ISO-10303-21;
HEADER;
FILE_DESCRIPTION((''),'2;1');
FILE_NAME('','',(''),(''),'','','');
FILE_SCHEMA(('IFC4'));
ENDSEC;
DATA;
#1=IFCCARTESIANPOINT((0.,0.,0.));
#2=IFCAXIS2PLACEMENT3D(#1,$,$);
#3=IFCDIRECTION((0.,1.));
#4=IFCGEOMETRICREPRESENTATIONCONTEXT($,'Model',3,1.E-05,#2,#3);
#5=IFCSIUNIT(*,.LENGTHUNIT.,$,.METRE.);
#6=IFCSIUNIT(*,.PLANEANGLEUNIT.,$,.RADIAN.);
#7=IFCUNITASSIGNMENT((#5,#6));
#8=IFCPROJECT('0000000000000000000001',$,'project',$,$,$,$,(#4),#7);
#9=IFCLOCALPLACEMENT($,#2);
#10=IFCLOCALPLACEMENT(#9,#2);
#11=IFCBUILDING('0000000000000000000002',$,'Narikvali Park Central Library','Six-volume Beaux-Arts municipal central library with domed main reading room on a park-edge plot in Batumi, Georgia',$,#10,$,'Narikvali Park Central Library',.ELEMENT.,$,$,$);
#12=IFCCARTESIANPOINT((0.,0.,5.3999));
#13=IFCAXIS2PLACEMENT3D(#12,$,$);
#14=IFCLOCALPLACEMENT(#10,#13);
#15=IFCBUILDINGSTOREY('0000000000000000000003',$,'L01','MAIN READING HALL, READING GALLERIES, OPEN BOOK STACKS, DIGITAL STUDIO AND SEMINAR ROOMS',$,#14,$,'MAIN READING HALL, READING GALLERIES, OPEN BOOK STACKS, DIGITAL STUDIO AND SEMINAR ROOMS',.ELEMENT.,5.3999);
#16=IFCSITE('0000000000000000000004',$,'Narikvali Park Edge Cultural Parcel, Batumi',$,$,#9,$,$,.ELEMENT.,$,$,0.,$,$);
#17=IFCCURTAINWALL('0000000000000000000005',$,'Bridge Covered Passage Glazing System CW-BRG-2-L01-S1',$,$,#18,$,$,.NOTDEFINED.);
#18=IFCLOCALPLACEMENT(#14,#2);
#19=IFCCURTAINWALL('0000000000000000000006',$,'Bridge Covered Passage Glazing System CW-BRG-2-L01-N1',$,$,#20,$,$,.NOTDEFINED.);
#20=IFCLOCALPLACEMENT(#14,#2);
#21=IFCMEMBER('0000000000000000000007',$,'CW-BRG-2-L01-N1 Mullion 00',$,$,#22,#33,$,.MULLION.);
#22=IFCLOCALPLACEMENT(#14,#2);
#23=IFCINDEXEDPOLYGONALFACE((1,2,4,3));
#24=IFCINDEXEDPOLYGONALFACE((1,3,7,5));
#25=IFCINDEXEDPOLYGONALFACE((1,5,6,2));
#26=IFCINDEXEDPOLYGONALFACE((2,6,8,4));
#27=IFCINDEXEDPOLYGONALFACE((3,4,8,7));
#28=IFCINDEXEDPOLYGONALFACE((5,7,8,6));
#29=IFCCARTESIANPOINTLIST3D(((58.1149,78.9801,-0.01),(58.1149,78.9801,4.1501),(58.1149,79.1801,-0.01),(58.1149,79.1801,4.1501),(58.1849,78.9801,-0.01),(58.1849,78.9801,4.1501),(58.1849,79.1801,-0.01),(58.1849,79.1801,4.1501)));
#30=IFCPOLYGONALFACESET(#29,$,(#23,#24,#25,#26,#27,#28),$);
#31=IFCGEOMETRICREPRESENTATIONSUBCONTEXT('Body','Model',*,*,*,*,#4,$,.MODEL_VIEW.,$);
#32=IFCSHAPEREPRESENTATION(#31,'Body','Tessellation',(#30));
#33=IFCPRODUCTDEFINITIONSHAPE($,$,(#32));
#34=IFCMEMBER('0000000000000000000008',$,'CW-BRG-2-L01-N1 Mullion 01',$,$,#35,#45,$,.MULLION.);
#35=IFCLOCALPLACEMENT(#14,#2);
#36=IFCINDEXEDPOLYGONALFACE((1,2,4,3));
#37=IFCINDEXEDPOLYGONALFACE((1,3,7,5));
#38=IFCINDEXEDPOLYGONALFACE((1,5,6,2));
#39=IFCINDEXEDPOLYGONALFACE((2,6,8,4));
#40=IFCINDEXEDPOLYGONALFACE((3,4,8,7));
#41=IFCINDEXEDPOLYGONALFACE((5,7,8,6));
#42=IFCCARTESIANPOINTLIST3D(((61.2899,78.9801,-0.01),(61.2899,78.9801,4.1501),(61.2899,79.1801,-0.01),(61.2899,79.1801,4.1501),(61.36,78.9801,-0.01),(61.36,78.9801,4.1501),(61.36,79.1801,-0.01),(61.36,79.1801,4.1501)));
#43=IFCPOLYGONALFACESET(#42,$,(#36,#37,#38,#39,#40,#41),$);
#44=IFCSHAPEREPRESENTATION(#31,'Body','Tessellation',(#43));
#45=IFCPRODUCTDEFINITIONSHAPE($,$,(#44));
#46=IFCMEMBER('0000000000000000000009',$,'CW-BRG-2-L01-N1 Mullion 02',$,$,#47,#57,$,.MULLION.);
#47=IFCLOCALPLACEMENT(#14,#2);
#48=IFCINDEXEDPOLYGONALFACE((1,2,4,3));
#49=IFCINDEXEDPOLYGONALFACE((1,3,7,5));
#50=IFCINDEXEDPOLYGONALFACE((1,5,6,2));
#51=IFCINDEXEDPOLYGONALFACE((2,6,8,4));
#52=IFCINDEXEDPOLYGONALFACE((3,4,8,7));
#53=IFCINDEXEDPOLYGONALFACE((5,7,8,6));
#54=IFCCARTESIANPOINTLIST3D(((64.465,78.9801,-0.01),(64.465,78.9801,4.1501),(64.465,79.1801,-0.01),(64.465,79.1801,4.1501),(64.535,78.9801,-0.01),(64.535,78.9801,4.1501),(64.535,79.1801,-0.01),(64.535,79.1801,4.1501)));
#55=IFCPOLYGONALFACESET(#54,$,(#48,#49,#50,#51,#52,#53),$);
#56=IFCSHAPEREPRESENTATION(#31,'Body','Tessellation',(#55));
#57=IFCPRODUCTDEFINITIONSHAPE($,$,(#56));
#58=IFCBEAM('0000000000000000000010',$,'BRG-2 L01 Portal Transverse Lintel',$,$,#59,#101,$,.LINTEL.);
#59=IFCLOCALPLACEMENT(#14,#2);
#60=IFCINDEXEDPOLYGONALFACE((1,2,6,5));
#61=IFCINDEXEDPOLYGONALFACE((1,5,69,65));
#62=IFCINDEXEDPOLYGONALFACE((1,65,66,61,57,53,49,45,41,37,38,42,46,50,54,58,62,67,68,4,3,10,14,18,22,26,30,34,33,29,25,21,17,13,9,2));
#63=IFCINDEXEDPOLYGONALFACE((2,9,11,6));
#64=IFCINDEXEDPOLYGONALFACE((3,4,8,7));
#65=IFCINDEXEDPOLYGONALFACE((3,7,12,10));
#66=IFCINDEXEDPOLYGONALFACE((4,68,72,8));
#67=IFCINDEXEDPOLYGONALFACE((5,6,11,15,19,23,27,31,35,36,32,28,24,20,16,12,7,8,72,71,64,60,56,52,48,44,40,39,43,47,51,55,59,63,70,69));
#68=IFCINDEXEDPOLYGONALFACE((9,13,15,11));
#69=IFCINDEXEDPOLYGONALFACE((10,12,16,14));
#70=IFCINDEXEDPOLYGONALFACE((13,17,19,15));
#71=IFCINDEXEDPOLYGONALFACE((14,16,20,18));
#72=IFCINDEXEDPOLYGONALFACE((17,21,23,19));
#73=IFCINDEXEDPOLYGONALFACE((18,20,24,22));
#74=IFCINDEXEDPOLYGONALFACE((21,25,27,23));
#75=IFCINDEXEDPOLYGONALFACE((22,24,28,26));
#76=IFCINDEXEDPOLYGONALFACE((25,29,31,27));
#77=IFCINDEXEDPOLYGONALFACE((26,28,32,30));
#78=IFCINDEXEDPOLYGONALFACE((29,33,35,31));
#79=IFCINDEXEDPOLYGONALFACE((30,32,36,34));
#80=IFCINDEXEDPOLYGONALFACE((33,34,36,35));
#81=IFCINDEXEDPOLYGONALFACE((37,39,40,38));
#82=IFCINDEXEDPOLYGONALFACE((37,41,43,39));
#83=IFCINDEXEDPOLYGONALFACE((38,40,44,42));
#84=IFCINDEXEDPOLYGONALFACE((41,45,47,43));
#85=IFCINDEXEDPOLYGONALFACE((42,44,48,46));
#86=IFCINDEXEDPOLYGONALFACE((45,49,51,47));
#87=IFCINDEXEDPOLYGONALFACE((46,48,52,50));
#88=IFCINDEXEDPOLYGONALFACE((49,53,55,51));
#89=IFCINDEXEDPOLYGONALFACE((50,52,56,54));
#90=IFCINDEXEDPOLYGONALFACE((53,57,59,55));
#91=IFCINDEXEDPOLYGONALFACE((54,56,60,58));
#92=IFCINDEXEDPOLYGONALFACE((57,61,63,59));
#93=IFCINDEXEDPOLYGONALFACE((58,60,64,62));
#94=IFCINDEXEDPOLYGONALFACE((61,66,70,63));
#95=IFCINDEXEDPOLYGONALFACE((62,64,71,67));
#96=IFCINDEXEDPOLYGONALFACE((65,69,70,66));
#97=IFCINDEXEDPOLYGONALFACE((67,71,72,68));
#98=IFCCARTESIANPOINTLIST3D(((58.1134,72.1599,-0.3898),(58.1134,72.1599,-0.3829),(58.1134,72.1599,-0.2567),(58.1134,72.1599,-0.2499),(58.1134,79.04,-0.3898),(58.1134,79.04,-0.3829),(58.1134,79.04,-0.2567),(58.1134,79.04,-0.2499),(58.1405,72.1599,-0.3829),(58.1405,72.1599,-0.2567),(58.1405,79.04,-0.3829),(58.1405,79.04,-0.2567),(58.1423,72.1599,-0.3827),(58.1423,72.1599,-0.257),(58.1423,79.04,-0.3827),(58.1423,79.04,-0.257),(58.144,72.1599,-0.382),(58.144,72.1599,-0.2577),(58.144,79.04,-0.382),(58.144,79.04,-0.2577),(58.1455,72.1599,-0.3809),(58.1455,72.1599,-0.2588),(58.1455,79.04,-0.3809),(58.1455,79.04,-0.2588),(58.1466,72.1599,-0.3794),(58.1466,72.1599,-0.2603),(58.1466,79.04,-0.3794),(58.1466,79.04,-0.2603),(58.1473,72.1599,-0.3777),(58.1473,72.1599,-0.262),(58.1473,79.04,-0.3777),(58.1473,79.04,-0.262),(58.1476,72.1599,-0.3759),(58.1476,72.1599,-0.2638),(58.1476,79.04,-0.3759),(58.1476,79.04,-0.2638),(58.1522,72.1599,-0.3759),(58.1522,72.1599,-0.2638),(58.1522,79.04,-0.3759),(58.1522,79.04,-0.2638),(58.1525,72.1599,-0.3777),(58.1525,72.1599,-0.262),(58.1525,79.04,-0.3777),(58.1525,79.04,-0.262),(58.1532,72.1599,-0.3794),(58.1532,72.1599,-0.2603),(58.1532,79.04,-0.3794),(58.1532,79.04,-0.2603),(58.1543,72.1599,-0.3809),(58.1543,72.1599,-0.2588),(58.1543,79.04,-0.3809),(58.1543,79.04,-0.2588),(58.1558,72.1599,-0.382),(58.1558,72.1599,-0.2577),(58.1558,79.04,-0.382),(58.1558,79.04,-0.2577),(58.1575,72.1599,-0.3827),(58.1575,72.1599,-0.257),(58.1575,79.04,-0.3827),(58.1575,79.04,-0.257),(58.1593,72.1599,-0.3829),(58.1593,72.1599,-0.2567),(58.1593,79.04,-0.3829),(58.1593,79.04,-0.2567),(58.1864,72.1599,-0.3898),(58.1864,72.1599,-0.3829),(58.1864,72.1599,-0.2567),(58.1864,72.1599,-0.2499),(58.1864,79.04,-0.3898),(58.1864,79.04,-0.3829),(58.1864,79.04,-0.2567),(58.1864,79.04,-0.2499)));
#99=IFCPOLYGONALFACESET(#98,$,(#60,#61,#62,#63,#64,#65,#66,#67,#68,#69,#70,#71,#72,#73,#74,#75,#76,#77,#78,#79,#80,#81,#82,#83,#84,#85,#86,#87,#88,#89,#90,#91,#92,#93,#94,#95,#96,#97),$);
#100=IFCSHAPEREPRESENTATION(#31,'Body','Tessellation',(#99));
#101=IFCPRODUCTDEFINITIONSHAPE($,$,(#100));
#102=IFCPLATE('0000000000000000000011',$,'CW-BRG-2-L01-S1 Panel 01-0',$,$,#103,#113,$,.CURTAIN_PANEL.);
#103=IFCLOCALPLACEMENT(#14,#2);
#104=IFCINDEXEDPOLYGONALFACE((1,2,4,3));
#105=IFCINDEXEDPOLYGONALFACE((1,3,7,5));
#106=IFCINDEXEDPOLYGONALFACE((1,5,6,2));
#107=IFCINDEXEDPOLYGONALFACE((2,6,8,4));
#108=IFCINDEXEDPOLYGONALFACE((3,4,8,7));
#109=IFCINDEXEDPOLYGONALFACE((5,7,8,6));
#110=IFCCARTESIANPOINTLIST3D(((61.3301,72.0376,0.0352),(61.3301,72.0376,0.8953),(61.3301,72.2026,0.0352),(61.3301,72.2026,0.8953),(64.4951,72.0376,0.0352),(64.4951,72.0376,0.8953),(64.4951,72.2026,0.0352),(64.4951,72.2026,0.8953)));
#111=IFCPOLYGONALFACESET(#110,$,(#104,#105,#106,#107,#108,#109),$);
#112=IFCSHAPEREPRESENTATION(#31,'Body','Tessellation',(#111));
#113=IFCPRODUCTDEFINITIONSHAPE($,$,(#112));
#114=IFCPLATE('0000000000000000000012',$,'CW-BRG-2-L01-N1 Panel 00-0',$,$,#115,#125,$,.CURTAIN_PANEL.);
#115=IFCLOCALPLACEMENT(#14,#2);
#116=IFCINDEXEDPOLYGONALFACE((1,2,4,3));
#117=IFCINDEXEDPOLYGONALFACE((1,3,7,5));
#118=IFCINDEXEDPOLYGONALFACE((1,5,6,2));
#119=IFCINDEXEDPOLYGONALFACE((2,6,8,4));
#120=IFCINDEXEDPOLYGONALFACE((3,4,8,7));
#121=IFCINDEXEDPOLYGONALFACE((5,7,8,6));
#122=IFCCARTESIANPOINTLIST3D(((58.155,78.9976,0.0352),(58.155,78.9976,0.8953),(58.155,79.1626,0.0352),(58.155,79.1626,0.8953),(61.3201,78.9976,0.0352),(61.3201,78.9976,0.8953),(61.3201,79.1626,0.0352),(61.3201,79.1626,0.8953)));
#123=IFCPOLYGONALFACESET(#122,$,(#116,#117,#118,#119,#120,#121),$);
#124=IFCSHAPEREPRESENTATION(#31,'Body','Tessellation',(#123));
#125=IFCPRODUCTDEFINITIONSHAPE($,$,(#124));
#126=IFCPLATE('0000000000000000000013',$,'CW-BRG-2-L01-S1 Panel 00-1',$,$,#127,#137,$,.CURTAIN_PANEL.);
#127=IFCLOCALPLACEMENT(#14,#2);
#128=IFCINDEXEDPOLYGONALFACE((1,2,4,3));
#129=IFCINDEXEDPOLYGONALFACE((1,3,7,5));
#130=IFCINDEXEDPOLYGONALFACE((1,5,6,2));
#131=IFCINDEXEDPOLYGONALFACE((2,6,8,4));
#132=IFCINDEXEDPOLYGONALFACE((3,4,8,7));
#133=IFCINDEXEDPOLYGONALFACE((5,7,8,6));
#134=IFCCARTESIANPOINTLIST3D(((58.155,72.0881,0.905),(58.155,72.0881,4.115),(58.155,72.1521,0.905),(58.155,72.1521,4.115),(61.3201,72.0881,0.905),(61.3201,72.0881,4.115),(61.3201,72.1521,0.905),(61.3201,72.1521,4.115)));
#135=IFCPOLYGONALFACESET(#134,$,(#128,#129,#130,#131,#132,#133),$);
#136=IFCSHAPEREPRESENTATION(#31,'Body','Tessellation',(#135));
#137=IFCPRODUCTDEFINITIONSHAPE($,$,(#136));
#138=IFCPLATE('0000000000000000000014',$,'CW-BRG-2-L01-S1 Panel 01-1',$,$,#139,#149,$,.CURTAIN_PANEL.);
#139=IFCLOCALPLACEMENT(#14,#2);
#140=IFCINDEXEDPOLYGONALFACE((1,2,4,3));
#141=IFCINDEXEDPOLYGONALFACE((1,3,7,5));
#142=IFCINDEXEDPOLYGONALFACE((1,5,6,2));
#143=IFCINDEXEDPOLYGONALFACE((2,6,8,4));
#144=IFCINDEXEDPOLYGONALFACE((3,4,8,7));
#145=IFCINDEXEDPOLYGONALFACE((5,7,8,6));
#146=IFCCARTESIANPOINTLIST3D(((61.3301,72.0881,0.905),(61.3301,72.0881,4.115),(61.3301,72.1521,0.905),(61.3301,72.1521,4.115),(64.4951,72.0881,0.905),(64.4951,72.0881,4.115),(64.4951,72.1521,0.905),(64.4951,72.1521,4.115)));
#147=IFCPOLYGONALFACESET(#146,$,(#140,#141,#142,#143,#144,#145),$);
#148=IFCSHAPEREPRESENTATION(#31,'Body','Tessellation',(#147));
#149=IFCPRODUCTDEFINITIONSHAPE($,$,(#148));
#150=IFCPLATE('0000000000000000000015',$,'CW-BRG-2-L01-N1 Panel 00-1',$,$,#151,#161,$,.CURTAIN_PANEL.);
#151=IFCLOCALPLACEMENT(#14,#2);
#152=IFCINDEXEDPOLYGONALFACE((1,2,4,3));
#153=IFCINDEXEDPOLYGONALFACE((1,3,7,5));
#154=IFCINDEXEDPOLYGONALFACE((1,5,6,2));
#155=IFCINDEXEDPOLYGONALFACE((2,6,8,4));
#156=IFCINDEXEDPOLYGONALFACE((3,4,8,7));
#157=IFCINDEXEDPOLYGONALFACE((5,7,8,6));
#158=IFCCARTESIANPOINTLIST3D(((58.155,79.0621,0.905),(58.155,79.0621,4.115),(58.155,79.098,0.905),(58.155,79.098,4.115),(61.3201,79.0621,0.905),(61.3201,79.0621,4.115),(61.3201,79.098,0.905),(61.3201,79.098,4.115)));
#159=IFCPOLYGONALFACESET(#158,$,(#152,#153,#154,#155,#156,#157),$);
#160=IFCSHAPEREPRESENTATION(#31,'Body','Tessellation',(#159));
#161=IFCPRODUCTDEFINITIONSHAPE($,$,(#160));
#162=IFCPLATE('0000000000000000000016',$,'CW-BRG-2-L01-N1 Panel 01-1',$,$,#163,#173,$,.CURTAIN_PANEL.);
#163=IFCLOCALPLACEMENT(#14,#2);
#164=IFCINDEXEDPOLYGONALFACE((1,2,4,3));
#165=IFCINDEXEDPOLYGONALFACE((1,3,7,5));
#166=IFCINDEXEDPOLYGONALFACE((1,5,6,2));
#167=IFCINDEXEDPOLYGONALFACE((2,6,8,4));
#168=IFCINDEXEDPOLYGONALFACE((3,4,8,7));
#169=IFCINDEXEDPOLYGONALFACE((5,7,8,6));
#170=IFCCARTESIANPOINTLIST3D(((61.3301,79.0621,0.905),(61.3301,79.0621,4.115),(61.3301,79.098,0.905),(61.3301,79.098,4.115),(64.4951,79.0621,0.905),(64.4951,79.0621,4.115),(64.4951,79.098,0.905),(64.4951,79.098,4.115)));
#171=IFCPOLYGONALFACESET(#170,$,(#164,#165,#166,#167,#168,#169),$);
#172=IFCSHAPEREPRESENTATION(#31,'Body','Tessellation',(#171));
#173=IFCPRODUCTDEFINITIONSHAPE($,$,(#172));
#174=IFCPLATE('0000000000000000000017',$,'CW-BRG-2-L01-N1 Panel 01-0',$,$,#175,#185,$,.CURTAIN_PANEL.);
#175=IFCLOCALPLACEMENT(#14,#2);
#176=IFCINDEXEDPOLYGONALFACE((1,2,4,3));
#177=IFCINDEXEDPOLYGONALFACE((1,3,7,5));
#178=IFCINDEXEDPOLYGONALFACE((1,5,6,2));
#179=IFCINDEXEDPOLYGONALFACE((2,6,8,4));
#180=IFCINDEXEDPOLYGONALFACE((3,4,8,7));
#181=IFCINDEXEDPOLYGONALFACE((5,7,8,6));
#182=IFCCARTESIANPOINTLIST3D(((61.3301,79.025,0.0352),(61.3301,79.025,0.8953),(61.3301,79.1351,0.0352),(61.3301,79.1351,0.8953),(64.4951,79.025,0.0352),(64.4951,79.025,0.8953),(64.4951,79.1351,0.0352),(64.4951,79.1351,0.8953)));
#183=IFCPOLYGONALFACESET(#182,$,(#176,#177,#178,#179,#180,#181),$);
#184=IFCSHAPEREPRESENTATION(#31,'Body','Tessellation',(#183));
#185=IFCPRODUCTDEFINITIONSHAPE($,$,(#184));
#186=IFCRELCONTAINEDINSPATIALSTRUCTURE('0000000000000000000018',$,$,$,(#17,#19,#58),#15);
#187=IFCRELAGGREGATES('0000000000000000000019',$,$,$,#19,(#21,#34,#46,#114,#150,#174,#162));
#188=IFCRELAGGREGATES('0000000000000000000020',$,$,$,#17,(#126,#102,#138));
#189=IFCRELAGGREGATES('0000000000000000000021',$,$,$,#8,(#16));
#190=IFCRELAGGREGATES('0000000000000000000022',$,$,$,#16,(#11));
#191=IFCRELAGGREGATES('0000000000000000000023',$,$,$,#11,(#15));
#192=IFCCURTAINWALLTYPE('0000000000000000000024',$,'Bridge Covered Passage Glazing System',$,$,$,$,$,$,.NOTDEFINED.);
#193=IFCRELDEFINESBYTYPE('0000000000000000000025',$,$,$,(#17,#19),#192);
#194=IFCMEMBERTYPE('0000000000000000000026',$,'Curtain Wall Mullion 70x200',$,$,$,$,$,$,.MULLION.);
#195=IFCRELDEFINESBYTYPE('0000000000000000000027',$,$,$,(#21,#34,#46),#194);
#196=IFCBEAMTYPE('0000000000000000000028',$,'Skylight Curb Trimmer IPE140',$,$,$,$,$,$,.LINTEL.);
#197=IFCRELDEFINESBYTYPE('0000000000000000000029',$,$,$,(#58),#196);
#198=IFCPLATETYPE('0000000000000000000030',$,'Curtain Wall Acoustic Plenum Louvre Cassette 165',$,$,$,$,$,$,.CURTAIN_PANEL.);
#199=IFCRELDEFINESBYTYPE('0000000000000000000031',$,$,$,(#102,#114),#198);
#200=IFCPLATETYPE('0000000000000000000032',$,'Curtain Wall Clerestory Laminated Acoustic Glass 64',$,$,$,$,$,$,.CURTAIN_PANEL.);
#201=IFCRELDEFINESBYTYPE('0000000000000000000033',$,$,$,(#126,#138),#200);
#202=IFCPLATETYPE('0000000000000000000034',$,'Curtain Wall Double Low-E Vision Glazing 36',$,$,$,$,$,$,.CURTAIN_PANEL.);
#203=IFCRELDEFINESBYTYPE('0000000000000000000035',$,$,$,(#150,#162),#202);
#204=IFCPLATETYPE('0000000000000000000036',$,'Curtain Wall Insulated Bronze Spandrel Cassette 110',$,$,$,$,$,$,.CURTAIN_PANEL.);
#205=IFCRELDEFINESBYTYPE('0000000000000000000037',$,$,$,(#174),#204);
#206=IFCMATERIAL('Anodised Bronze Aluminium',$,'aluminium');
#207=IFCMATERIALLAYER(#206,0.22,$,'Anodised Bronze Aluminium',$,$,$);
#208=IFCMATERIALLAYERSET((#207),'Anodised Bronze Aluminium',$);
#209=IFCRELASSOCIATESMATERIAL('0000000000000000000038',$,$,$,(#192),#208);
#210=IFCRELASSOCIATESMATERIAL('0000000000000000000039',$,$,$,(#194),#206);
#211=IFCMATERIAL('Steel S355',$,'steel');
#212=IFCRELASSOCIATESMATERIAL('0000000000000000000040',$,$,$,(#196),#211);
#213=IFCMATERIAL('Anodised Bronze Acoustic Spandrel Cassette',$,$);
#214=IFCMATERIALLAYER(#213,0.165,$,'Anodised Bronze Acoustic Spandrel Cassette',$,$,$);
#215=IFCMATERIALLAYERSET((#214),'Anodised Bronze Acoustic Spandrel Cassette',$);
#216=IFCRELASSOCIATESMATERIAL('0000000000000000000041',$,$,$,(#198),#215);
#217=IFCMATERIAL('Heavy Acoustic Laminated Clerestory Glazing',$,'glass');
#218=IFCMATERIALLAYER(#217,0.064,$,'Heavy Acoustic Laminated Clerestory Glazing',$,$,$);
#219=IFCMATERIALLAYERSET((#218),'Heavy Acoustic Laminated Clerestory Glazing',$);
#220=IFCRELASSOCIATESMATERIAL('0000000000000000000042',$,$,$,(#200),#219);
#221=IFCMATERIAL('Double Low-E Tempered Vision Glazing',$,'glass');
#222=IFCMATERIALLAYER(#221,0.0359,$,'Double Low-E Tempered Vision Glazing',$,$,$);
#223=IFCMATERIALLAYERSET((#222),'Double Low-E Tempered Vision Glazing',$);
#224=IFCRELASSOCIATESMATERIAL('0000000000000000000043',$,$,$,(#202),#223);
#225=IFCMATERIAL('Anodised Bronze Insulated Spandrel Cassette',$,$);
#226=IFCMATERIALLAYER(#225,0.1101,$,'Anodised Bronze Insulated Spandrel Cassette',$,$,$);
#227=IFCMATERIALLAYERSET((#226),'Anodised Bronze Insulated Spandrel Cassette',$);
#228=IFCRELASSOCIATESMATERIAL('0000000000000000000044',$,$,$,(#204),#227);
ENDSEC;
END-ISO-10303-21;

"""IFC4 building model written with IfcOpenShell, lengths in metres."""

from ifc_helpers import new_model, si_unit, direction, frame, origin, origin_2d, place, context, subcontext, project, spatial, rectangle, i_section, extrude, material, layer, layer_set, material_profile, profile_set, type_object, element, aggregate, save


model = new_model("IFC4")

# Units and contexts
model_context = context("Model", 3, precision=1e-05, world=origin(), true_north=direction((0.0, 1.0)))
body_context = subcontext(model_context, "Body", "Model", "MODEL_VIEW")
ifc_project = project(units=[si_unit("LENGTHUNIT", "METRE"), si_unit("PLANEANGLEUNIT", "RADIAN")], contexts=[model_context])

# Site, building, storey
site_placement = place(None, origin())
site = spatial("IfcSite", under=ifc_project, at=site_placement, Name="Narikvali Park Edge Cultural Parcel, Batumi", CompositionType="ELEMENT", RefElevation=0.0)
building_placement = place(site_placement, origin())
building = spatial("IfcBuilding", under=site, at=building_placement, Name="Narikvali Park Central Library", Description="Six-volume Beaux-Arts municipal central library with domed main reading room on a park-edge plot in Batumi, Georgia", LongName="Narikvali Park Central Library", CompositionType="ELEMENT")
storey_placement = place(building_placement, frame((0.0, 0.0, 5.3999)))
storey = spatial("IfcBuildingStorey", under=building, at=storey_placement, Name="L01", Description="MAIN READING HALL, READING GALLERIES, OPEN BOOK STACKS, DIGITAL STUDIO AND SEMINAR ROOMS", LongName="MAIN READING HALL, READING GALLERIES, OPEN BOOK STACKS, DIGITAL STUDIO AND SEMINAR ROOMS", CompositionType="ELEMENT", Elevation=5.3999)

# Shared definitions
ifc_material_1 = material(Name="Steel S355", Category="steel")

# Curtain walls
ifc_material_2 = material(Name="Anodised Bronze Aluminium", Category="aluminium")
ifc_layer_1 = layer(ifc_material_2, 0.22, Name="Anodised Bronze Aluminium")
ifc_layer_set_1 = layer_set([ifc_layer_1], Name="Anodised Bronze Aluminium")
curtain_wall_type = type_object("IfcCurtainWallType", Name="Bridge Covered Passage Glazing System", PredefinedType="NOTDEFINED", material=ifc_layer_set_1)
curtain_wall_1_placement = place(storey_placement, origin())
curtain_wall_1 = element("IfcCurtainWall", 1, at=curtain_wall_1_placement, inside=storey, type_object=curtain_wall_type, Name="Bridge Covered Passage Glazing System CW-BRG-2-L01-S1", PredefinedType="NOTDEFINED")
curtain_wall_2_placement = place(storey_placement, origin())
curtain_wall_2 = element("IfcCurtainWall", 2, at=curtain_wall_2_placement, inside=storey, type_object=curtain_wall_type, Name="Bridge Covered Passage Glazing System CW-BRG-2-L01-N1", PredefinedType="NOTDEFINED")

# Members
ifc_material_profile_1 = material_profile(ifc_material_2, rectangle(XDim=0.0701, YDim=0.2, at=origin_2d()), Name="CW MULLION 70x200")
ifc_profile_set_1 = profile_set([ifc_material_profile_1], Name="Anodised Bronze Aluminium")
member_type_1 = type_object("IfcMemberType", Name="Curtain Wall Mullion 70x200", PredefinedType="MULLION", material=ifc_profile_set_1)
member_1_placement = place(storey_placement, frame((58.1499, 79.0801, -0.01), z_axis=(0.0, 0.0, 1.0), x_axis=(1.0, 0.0, 0.0)))
member_1 = element("IfcMember", 3, at=member_1_placement, type_object=member_type_1, Name="CW-BRG-2-L01-N1 Mullion 00", PredefinedType="MULLION", context=body_context, shape_type="SweptSolid", body=[
    extrude(rectangle(XDim=0.0701, YDim=0.2, at=origin_2d()), origin(), (0.0, 0.0, 1.0), 4.1602),
])
member_2_placement = place(storey_placement, frame((61.325, 79.0801, -0.01), z_axis=(0.0, 0.0, 1.0), x_axis=(1.0, 0.0, 0.0)))
member_2 = element("IfcMember", 4, at=member_2_placement, type_object=member_type_1, Name="CW-BRG-2-L01-N1 Mullion 01", PredefinedType="MULLION", context=body_context, shape_type="SweptSolid", body=[
    extrude(rectangle(XDim=0.0701, YDim=0.2, at=origin_2d()), origin(), (0.0, 0.0, 1.0), 4.1602),
])
member_3_placement = place(storey_placement, frame((64.5, 79.0801, -0.01), z_axis=(0.0, 0.0, 1.0), x_axis=(1.0, 0.0, 0.0)))
member_3 = element("IfcMember", 5, at=member_3_placement, type_object=member_type_1, Name="CW-BRG-2-L01-N1 Mullion 02", PredefinedType="MULLION", context=body_context, shape_type="SweptSolid", body=[
    extrude(rectangle(XDim=0.0701, YDim=0.2, at=origin_2d()), origin(), (0.0, 0.0, 1.0), 4.1602),
])

# Beam
ifc_material_profile_2 = material_profile(ifc_material_1, i_section(OverallWidth=0.073, OverallDepth=0.1399, WebThickness=0.0046, FlangeThickness=0.0068, FilletRadius=0.0071, at=origin_2d()), Name="IPE 140")
ifc_profile_set_2 = profile_set([ifc_material_profile_2], Name="Steel S355")
beam_type = type_object("IfcBeamType", Name="Skylight Curb Trimmer IPE140", PredefinedType="LINTEL", material=ifc_profile_set_2)
beam_placement = place(storey_placement, frame((58.1499, 72.1599, -0.3198), z_axis=(0.0, 1.0, 0.0), x_axis=(-1.0, 0.0, 0.0)))
element("IfcBeam", 6, at=beam_placement, inside=storey, type_object=beam_type, Name="BRG-2 L01 Portal Transverse Lintel", PredefinedType="LINTEL", context=body_context, shape_type="SweptSolid", body=[
    extrude(i_section(OverallWidth=0.073, OverallDepth=0.1399, WebThickness=0.0046, FlangeThickness=0.0068, FilletRadius=0.0071, at=origin_2d()), origin(), (0.0, 0.0, 1.0), 6.8801),
])

# Plates
ifc_material_3 = material(Name="Anodised Bronze Acoustic Spandrel Cassette")
ifc_layer_2 = layer(ifc_material_3, 0.165, Name="Anodised Bronze Acoustic Spandrel Cassette")
ifc_layer_set_2 = layer_set([ifc_layer_2], Name="Anodised Bronze Acoustic Spandrel Cassette")
plate_type_1 = type_object("IfcPlateType", Name="Curtain Wall Acoustic Plenum Louvre Cassette 165", PredefinedType="CURTAIN_PANEL", material=ifc_layer_set_2)
plate_1_placement = place(storey_placement, frame((62.9126, 72.1201, 0.0352), z_axis=(0.0, 0.0, 1.0), x_axis=(1.0, 0.0, 0.0)))
plate_1 = element("IfcPlate", 7, at=plate_1_placement, type_object=plate_type_1, Name="CW-BRG-2-L01-S1 Panel 01-0", PredefinedType="CURTAIN_PANEL", context=body_context, shape_type="SweptSolid", body=[
    extrude(rectangle(XDim=3.165, YDim=0.165, at=origin_2d()), origin(), (0.0, 0.0, 1.0), 0.8601),
])
plate_2_placement = place(storey_placement, frame((59.7375, 79.0801, 0.0352), z_axis=(0.0, 0.0, 1.0), x_axis=(1.0, 0.0, 0.0)))
plate_2 = element("IfcPlate", 8, at=plate_2_placement, type_object=plate_type_1, Name="CW-BRG-2-L01-N1 Panel 00-0", PredefinedType="CURTAIN_PANEL", context=body_context, shape_type="SweptSolid", body=[
    extrude(rectangle(XDim=3.165, YDim=0.165, at=origin_2d()), origin(), (0.0, 0.0, 1.0), 0.8601),
])
ifc_material_4 = material(Name="Heavy Acoustic Laminated Clerestory Glazing", Category="glass")
ifc_layer_3 = layer(ifc_material_4, 0.064, Name="Heavy Acoustic Laminated Clerestory Glazing")
ifc_layer_set_3 = layer_set([ifc_layer_3], Name="Heavy Acoustic Laminated Clerestory Glazing")
plate_type_2 = type_object("IfcPlateType", Name="Curtain Wall Clerestory Laminated Acoustic Glass 64", PredefinedType="CURTAIN_PANEL", material=ifc_layer_set_3)
plate_3_placement = place(storey_placement, frame((59.7375, 72.1201, 0.905), z_axis=(0.0, 0.0, 1.0), x_axis=(1.0, 0.0, 0.0)))
plate_3 = element("IfcPlate", 9, at=plate_3_placement, type_object=plate_type_2, Name="CW-BRG-2-L01-S1 Panel 00-1", PredefinedType="CURTAIN_PANEL", context=body_context, shape_type="SweptSolid", body=[
    extrude(rectangle(XDim=3.165, YDim=0.064, at=origin_2d()), origin(), (0.0, 0.0, 1.0), 3.21),
])
plate_4_placement = place(storey_placement, frame((62.9126, 72.1201, 0.905), z_axis=(0.0, 0.0, 1.0), x_axis=(1.0, 0.0, 0.0)))
plate_4 = element("IfcPlate", 10, at=plate_4_placement, type_object=plate_type_2, Name="CW-BRG-2-L01-S1 Panel 01-1", PredefinedType="CURTAIN_PANEL", context=body_context, shape_type="SweptSolid", body=[
    extrude(rectangle(XDim=3.165, YDim=0.064, at=origin_2d()), origin(), (0.0, 0.0, 1.0), 3.21),
])
ifc_material_5 = material(Name="Double Low-E Tempered Vision Glazing", Category="glass")
ifc_layer_4 = layer(ifc_material_5, 0.0359, Name="Double Low-E Tempered Vision Glazing")
ifc_layer_set_4 = layer_set([ifc_layer_4], Name="Double Low-E Tempered Vision Glazing")
plate_type_3 = type_object("IfcPlateType", Name="Curtain Wall Double Low-E Vision Glazing 36", PredefinedType="CURTAIN_PANEL", material=ifc_layer_set_4)
plate_5_placement = place(storey_placement, frame((59.7375, 79.0801, 0.905), z_axis=(0.0, 0.0, 1.0), x_axis=(1.0, 0.0, 0.0)))
plate_5 = element("IfcPlate", 11, at=plate_5_placement, type_object=plate_type_3, Name="CW-BRG-2-L01-N1 Panel 00-1", PredefinedType="CURTAIN_PANEL", context=body_context, shape_type="SweptSolid", body=[
    extrude(rectangle(XDim=3.165, YDim=0.0359, at=origin_2d()), origin(), (0.0, 0.0, 1.0), 3.21),
])
plate_6_placement = place(storey_placement, frame((62.9126, 79.0801, 0.905), z_axis=(0.0, 0.0, 1.0), x_axis=(1.0, 0.0, 0.0)))
plate_6 = element("IfcPlate", 12, at=plate_6_placement, type_object=plate_type_3, Name="CW-BRG-2-L01-N1 Panel 01-1", PredefinedType="CURTAIN_PANEL", context=body_context, shape_type="SweptSolid", body=[
    extrude(rectangle(XDim=3.165, YDim=0.0359, at=origin_2d()), origin(), (0.0, 0.0, 1.0), 3.21),
])
ifc_material_6 = material(Name="Anodised Bronze Insulated Spandrel Cassette")
ifc_layer_5 = layer(ifc_material_6, 0.1101, Name="Anodised Bronze Insulated Spandrel Cassette")
ifc_layer_set_5 = layer_set([ifc_layer_5], Name="Anodised Bronze Insulated Spandrel Cassette")
plate_type_4 = type_object("IfcPlateType", Name="Curtain Wall Insulated Bronze Spandrel Cassette 110", PredefinedType="CURTAIN_PANEL", material=ifc_layer_set_5)
plate_7_placement = place(storey_placement, frame((62.9126, 79.0801, 0.0352), z_axis=(0.0, 0.0, 1.0), x_axis=(1.0, 0.0, 0.0)))
plate_7 = element("IfcPlate", 13, at=plate_7_placement, type_object=plate_type_4, Name="CW-BRG-2-L01-N1 Panel 01-0", PredefinedType="CURTAIN_PANEL", context=body_context, shape_type="SweptSolid", body=[
    extrude(rectangle(XDim=3.165, YDim=0.1101, at=origin_2d()), origin(), (0.0, 0.0, 1.0), 0.8601),
])
aggregate(curtain_wall_2, [member_1, member_2, member_3, plate_2, plate_5, plate_7, plate_6])
aggregate(curtain_wall_1, [plate_3, plate_1, plate_4])

save(model, "model.ifc")
